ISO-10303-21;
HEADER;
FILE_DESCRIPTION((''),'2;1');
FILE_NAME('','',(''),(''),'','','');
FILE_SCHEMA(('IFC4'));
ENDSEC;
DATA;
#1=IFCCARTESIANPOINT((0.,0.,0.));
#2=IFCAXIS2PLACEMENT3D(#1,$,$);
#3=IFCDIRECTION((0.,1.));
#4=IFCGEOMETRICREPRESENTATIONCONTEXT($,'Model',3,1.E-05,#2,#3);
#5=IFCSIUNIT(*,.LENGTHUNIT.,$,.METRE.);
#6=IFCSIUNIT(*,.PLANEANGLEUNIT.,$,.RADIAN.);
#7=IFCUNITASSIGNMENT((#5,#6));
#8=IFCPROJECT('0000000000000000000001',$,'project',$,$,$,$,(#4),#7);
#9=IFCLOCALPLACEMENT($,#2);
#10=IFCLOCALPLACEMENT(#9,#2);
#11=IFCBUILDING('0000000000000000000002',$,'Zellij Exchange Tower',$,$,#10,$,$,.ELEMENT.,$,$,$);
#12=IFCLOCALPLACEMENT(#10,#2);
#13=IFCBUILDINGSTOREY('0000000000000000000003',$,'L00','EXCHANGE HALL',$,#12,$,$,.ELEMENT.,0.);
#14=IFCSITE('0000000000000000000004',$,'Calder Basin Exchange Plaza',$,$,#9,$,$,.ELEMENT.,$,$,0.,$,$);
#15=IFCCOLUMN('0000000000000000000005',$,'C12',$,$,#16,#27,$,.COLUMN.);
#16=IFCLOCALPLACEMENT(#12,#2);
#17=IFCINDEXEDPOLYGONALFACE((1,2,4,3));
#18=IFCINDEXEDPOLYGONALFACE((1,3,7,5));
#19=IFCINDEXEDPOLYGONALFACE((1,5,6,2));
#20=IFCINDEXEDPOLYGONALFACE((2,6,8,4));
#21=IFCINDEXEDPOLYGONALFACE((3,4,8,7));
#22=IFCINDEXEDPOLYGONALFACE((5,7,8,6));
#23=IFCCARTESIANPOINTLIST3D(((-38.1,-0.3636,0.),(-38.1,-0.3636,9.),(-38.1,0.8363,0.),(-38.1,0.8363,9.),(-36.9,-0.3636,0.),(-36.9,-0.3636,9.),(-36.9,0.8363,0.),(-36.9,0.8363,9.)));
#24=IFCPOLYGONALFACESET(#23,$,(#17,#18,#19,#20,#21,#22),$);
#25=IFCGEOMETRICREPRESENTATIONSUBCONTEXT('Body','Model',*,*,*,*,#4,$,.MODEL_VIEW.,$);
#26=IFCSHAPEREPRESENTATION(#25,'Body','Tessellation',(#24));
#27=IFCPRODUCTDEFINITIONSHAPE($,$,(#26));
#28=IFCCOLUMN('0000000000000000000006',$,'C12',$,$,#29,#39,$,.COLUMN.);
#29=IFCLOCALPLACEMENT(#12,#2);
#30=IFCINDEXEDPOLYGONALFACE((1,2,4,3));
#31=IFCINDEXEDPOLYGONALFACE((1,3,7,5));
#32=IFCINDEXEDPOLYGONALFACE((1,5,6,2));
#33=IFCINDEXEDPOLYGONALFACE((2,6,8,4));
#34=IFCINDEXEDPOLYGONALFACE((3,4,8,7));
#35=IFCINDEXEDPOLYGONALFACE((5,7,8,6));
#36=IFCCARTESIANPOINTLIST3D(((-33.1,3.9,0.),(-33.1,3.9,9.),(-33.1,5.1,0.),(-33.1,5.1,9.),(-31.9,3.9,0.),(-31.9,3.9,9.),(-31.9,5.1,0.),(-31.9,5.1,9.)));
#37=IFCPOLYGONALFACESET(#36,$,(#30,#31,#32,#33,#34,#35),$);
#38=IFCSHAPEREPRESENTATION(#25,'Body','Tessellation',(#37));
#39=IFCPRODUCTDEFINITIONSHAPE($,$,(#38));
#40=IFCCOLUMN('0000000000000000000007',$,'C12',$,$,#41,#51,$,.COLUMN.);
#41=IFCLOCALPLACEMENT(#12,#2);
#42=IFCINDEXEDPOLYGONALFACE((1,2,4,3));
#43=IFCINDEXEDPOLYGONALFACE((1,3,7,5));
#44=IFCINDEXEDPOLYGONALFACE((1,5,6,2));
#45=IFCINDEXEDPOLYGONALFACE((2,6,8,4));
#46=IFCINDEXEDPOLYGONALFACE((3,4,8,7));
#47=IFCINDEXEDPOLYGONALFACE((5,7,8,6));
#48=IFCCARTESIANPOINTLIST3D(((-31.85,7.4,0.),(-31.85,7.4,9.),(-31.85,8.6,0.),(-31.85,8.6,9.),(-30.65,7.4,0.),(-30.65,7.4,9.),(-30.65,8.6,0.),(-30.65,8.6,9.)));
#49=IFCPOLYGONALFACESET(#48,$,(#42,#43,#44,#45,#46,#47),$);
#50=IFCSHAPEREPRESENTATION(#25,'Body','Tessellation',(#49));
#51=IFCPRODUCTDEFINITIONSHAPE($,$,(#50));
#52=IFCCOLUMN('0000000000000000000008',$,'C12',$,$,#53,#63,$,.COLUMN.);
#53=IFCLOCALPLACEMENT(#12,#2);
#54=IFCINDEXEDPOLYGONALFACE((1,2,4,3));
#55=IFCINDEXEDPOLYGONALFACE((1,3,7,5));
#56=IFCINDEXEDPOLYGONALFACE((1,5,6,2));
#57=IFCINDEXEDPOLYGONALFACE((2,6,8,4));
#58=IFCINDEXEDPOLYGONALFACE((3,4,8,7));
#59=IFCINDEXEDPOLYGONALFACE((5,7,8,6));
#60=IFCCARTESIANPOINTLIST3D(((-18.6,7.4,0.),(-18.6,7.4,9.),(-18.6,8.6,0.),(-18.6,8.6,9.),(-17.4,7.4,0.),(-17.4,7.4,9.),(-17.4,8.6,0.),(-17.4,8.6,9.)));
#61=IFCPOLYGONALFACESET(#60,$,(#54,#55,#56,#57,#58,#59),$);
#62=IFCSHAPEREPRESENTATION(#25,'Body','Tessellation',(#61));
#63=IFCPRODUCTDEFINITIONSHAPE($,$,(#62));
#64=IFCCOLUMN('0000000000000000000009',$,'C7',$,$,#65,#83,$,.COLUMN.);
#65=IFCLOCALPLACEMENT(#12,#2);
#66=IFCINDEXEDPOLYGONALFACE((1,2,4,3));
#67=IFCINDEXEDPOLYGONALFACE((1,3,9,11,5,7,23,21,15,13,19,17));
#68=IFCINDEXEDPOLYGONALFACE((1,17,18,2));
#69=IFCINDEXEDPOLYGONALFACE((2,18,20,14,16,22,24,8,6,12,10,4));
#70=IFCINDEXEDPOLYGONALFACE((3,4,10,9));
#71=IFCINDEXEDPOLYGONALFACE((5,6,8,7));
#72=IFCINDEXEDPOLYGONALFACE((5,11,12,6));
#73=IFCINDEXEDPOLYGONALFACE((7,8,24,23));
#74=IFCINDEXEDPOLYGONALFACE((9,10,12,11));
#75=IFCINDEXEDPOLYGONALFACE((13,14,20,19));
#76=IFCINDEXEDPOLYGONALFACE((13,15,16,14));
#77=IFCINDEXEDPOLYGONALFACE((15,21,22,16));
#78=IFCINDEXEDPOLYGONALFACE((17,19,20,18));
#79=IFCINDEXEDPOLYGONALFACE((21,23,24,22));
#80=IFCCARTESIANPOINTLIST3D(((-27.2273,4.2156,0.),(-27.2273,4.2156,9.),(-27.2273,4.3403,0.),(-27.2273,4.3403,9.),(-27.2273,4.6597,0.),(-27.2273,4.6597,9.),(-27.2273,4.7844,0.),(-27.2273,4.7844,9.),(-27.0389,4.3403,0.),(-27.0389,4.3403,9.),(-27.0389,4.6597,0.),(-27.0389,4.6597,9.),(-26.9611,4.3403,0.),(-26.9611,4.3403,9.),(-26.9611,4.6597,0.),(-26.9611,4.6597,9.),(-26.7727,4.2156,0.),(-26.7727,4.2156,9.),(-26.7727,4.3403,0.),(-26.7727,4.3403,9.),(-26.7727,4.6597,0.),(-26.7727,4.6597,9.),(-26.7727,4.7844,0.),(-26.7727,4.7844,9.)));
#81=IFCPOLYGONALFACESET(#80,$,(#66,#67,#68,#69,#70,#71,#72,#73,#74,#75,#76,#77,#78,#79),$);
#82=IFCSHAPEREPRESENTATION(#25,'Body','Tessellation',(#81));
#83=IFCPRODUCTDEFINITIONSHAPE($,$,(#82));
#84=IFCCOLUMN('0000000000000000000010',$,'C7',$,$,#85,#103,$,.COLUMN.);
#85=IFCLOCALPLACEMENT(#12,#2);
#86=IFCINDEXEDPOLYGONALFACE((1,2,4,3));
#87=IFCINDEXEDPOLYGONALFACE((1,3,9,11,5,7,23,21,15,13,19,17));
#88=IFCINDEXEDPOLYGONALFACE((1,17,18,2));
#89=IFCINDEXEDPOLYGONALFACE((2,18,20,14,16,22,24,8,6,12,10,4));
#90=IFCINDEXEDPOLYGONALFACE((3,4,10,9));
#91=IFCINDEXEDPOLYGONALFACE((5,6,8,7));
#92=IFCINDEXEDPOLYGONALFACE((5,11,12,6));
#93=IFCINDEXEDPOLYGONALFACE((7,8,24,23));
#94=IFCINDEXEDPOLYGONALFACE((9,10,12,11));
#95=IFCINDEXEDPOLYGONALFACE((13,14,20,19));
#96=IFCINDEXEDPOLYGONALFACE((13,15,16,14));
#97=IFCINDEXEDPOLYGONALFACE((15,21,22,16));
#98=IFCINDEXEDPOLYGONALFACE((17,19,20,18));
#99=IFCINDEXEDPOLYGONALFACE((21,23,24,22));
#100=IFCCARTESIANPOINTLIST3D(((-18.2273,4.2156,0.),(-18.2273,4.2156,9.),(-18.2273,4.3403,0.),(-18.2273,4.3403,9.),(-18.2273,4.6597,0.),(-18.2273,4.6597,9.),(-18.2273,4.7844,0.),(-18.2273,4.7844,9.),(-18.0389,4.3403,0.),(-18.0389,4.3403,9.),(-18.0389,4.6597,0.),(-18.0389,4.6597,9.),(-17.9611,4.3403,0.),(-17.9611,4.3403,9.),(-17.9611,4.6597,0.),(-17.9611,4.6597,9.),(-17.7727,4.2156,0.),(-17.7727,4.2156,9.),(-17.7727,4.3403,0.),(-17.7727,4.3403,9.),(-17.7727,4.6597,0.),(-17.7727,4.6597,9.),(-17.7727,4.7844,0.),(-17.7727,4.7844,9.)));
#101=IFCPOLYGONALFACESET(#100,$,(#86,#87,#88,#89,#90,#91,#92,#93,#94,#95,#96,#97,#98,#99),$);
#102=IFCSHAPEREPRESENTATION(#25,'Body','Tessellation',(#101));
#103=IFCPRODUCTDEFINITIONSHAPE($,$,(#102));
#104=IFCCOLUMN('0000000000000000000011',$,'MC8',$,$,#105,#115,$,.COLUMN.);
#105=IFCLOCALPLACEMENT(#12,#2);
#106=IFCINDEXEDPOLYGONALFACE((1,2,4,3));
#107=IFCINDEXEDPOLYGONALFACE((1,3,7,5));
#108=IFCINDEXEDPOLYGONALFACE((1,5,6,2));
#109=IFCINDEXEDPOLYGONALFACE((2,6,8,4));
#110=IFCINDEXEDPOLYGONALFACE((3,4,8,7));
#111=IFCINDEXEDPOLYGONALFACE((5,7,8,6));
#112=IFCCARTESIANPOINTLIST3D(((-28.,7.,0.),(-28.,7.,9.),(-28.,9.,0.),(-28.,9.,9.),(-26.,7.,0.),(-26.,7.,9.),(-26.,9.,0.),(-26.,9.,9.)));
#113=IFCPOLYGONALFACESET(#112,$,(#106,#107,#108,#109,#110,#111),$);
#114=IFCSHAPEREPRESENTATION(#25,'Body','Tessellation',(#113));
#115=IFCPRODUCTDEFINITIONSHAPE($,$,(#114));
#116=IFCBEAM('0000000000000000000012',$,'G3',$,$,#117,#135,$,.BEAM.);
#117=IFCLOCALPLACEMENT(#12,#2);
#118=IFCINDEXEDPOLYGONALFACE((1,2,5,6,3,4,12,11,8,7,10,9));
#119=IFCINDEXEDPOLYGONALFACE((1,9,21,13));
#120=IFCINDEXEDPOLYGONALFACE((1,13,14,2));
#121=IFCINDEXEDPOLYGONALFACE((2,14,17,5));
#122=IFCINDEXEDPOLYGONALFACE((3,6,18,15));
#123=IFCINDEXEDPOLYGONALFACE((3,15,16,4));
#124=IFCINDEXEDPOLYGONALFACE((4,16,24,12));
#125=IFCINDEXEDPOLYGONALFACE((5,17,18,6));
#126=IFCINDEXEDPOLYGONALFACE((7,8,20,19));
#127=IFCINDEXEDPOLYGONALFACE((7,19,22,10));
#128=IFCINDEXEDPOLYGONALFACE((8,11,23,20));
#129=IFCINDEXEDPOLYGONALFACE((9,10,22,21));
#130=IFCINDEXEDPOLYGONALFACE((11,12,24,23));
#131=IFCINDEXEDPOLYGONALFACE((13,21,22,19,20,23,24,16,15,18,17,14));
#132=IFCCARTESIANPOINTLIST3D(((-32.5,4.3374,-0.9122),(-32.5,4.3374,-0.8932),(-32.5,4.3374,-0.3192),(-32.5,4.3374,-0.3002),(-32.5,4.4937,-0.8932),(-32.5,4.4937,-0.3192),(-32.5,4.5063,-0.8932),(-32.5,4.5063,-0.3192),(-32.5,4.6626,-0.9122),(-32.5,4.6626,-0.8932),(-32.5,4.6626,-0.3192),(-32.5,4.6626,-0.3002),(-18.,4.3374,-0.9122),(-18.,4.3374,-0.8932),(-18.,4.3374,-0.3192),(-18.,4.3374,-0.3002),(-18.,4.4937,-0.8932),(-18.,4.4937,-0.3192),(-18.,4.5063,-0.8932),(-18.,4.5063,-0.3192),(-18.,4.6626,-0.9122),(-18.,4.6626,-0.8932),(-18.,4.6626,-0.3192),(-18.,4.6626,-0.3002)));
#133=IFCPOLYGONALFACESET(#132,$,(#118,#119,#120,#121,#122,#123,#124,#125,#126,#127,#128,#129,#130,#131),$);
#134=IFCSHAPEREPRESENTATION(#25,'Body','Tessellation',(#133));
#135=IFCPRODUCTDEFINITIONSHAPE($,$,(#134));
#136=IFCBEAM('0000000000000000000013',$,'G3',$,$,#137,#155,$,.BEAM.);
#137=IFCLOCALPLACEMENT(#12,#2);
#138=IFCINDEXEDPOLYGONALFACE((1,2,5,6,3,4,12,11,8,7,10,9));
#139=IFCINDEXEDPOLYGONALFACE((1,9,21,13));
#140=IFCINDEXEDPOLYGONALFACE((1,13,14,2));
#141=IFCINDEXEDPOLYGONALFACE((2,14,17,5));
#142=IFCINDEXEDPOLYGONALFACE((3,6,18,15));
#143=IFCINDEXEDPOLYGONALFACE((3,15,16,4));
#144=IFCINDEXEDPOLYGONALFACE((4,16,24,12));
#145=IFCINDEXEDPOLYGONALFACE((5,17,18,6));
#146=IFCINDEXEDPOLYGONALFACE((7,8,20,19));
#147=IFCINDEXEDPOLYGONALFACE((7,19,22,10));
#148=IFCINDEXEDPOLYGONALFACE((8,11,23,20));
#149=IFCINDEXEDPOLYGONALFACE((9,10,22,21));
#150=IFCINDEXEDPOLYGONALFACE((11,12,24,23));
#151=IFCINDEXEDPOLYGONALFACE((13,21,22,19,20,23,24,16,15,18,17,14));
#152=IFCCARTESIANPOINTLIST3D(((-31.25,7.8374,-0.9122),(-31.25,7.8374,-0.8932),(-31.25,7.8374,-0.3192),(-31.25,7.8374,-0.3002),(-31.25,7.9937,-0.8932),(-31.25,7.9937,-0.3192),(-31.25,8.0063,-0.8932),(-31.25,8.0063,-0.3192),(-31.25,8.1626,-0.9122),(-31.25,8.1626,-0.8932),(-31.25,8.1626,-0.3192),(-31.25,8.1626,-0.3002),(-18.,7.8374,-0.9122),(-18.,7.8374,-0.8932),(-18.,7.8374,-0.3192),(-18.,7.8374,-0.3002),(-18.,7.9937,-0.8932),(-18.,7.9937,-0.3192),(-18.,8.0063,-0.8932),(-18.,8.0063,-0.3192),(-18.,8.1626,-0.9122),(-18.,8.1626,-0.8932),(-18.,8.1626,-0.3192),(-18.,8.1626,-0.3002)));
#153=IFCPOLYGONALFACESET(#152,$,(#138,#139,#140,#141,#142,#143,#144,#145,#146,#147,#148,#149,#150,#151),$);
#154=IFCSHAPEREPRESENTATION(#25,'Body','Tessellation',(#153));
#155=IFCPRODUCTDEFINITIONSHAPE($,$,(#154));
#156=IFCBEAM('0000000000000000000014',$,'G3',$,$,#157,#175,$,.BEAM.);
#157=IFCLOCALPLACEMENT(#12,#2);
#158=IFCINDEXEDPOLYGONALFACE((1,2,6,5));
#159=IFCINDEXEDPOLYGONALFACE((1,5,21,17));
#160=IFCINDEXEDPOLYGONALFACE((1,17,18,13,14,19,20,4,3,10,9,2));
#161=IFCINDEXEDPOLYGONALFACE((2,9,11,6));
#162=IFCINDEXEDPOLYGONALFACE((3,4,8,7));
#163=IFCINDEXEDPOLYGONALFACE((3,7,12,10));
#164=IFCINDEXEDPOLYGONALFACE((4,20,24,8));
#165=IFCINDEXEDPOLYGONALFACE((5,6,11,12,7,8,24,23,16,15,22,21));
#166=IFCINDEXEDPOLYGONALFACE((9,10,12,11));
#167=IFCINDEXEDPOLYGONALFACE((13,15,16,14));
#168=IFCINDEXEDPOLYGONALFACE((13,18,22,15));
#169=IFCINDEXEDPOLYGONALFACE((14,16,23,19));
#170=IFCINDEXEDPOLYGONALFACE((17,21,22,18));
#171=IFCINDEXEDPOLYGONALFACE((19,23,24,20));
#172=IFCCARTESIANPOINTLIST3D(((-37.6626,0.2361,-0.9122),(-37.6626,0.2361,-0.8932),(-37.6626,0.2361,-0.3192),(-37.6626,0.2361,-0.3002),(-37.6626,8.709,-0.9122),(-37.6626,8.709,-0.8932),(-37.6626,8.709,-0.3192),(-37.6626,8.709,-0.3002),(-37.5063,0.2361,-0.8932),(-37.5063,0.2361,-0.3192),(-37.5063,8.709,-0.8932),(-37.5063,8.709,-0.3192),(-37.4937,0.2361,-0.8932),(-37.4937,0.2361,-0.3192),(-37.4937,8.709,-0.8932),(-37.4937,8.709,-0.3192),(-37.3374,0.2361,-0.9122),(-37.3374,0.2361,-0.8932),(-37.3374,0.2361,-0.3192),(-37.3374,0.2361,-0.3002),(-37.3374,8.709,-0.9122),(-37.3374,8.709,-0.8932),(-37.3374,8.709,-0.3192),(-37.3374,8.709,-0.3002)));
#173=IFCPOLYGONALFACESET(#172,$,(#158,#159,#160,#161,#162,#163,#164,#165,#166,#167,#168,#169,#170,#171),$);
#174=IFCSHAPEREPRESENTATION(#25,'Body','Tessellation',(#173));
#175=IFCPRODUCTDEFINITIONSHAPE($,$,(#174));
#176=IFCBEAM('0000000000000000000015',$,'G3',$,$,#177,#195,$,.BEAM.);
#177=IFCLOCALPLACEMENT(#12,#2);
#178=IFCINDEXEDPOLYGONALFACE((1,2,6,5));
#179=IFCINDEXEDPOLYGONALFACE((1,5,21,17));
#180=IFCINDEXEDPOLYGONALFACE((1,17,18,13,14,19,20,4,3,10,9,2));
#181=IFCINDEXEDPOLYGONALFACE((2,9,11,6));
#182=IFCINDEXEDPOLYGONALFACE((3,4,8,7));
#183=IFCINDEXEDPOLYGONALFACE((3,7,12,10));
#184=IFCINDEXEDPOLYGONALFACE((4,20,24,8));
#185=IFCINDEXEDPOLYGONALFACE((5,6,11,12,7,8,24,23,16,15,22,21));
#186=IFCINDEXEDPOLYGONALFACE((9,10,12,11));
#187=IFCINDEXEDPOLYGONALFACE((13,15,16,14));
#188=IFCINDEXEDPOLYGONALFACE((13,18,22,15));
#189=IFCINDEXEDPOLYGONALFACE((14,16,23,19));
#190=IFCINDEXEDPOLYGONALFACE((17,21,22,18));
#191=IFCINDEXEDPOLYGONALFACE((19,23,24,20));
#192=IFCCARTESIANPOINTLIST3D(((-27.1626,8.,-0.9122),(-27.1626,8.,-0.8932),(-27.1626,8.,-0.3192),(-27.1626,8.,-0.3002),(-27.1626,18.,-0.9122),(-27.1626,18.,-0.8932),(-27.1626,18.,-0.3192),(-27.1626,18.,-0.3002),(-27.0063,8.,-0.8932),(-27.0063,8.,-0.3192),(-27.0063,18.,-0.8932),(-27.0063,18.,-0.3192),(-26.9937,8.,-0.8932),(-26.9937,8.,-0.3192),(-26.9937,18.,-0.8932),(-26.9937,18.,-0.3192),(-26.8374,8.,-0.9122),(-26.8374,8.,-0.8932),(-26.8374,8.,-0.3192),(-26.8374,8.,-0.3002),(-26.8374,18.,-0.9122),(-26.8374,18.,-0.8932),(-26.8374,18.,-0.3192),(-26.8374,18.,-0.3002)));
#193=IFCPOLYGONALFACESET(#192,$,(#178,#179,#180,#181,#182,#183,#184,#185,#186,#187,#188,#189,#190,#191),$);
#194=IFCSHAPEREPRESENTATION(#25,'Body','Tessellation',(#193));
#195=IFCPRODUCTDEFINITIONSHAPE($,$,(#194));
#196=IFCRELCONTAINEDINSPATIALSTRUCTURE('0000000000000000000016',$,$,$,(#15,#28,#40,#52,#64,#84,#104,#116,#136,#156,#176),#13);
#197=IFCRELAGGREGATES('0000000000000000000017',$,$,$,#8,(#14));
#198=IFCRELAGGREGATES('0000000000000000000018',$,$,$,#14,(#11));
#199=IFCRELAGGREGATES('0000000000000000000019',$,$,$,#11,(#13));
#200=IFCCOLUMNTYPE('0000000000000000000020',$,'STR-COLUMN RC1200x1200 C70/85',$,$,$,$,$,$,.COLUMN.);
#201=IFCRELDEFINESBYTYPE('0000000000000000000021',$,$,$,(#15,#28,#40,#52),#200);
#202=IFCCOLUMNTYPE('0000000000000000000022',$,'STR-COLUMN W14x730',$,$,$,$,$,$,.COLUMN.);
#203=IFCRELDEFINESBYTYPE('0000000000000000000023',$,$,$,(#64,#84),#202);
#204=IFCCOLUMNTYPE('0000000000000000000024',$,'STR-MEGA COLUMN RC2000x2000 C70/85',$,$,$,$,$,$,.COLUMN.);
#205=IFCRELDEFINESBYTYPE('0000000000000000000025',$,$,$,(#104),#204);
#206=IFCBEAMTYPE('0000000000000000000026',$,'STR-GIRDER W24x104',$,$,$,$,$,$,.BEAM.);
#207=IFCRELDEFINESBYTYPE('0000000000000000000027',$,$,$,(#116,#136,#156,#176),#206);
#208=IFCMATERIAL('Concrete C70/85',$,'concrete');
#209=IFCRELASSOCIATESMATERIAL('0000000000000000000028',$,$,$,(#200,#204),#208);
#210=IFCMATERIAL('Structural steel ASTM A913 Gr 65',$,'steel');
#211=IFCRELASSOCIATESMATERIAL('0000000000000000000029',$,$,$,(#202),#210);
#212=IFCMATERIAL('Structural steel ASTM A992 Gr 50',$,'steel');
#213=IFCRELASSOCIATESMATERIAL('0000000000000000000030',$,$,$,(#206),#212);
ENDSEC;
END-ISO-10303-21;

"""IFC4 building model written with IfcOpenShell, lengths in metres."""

from ifc_helpers import new_model, si_unit, direction, frame, origin, origin_2d, place, context, subcontext, project, spatial, rectangle, i_section, extrude, material, material_profile, profile_set, type_object, element, save


model = new_model("IFC4")

# Units and contexts
model_context = context("Model", 3, precision=1e-05, world=origin(), true_north=direction((0.0, 1.0)))
body_context = subcontext(model_context, "Body", "Model", "MODEL_VIEW")
ifc_project = project(units=[si_unit("LENGTHUNIT", "METRE"), si_unit("PLANEANGLEUNIT", "RADIAN")], contexts=[model_context])

# Site, building, storey
site_placement = place(None, origin())
site = spatial("IfcSite", under=ifc_project, at=site_placement, Name="Calder Basin Exchange Plaza", CompositionType="ELEMENT", RefElevation=0.0)
building_placement = place(site_placement, origin())
building = spatial("IfcBuilding", under=site, at=building_placement, Name="Zellij Exchange Tower", CompositionType="ELEMENT")
storey_placement = place(building_placement, origin())
storey = spatial("IfcBuildingStorey", under=building, at=storey_placement, Name="L00", Description="EXCHANGE HALL", CompositionType="ELEMENT", Elevation=0.0)

# Columns
ifc_material_1 = material(Name="Concrete C70/85", Category="concrete")
ifc_material_profile_1 = material_profile(ifc_material_1, rectangle(XDim=1.2, YDim=1.2, at=origin_2d()), Name="STR-COLUMN RC1200x1200 C70/85")
ifc_profile_set_1 = profile_set([ifc_material_profile_1], Name="Concrete C70/85")
column_type_1 = type_object("IfcColumnType", Name="STR-COLUMN RC1200x1200 C70/85", PredefinedType="COLUMN", material=ifc_profile_set_1)
for number, where, z_axis, x_axis, name in (
    (1, (-37.5, 0.2363, 0.0), (0.0, 0.0, 1.0), (1.0, 0.0, 0.0), "C12"),
    (2, (-32.5, 4.5, 0.0), (0.0, 0.0, 1.0), (1.0, 0.0, 0.0), "C12"),
    (3, (-31.25, 8.0, 0.0), (0.0, 0.0, 1.0), (1.0, 0.0, 0.0), "C12"),
    (4, (-18.0, 8.0, 0.0), (0.0, 0.0, 1.0), (1.0, 0.0, 0.0), "C12"),
):
    element("IfcColumn", number, at=place(storey_placement, frame(where, z_axis=z_axis, x_axis=x_axis)), inside=storey, type_object=column_type_1, Name=name, PredefinedType="COLUMN", context=body_context, shape_type="SweptSolid", body=[
        extrude(rectangle(XDim=1.2, YDim=1.2, at=origin_2d()), origin(), (0.0, 0.0, 1.0), 9.0),
    ])
ifc_material_2 = material(Name="Structural steel ASTM A913 Gr 65", Category="steel")
ifc_material_profile_2 = material_profile(ifc_material_2, i_section(OverallWidth=0.4546, OverallDepth=0.5688, WebThickness=0.0779, FlangeThickness=0.1248, at=origin_2d()), Name="W14x730")
ifc_profile_set_2 = profile_set([ifc_material_profile_2], Name="Structural steel ASTM A913 Gr 65")
column_type_2 = type_object("IfcColumnType", Name="STR-COLUMN W14x730", PredefinedType="COLUMN", material=ifc_profile_set_2)
for number, where, z_axis, x_axis, name in (
    (5, (-27.0, 4.5, 0.0), (0.0, 0.0, 1.0), (1.0, 0.0, 0.0), "C7"),
    (6, (-18.0, 4.5, 0.0), (0.0, 0.0, 1.0), (1.0, 0.0, 0.0), "C7"),
):
    element("IfcColumn", number, at=place(storey_placement, frame(where, z_axis=z_axis, x_axis=x_axis)), inside=storey, type_object=column_type_2, Name=name, PredefinedType="COLUMN", context=body_context, shape_type="SweptSolid", body=[
        extrude(i_section(OverallWidth=0.4546, OverallDepth=0.5688, WebThickness=0.0779, FlangeThickness=0.1248, at=origin_2d()), origin(), (0.0, 0.0, 1.0), 9.0),
    ])
ifc_material_profile_3 = material_profile(ifc_material_1, rectangle(XDim=2.0, YDim=2.0, at=origin_2d()), Name="STR-MEGA COLUMN RC2000x2000 C70/85")
ifc_profile_set_3 = profile_set([ifc_material_profile_3], Name="Concrete C70/85")
column_type_3 = type_object("IfcColumnType", Name="STR-MEGA COLUMN RC2000x2000 C70/85", PredefinedType="COLUMN", material=ifc_profile_set_3)
column_placement = place(storey_placement, frame((-27.0, 8.0, 0.0), z_axis=(0.0, 0.0, 1.0), x_axis=(1.0, 0.0, 0.0)))
element("IfcColumn", 7, at=column_placement, inside=storey, type_object=column_type_3, Name="MC8", PredefinedType="COLUMN", context=body_context, shape_type="SweptSolid", body=[
    extrude(rectangle(XDim=2.0, YDim=2.0, at=origin_2d()), origin(), (0.0, 0.0, 1.0), 9.0),
])

# Beams
ifc_material_3 = material(Name="Structural steel ASTM A992 Gr 50", Category="steel")
ifc_material_profile_4 = material_profile(ifc_material_3, i_section(OverallWidth=0.3252, OverallDepth=0.6121, WebThickness=0.0127, FlangeThickness=0.019, at=origin_2d()), Name="W24x104")
ifc_profile_set_4 = profile_set([ifc_material_profile_4], Name="Structural steel ASTM A992 Gr 50")
beam_type = type_object("IfcBeamType", Name="STR-GIRDER W24x104", PredefinedType="BEAM", material=ifc_profile_set_4)
beam_1_placement = place(storey_placement, frame((-32.5, 4.5, -0.6062), z_axis=(1.0, 0.0, 0.0), x_axis=(0.0, 1.0, 0.0)))
element("IfcBeam", 8, at=beam_1_placement, inside=storey, type_object=beam_type, Name="G3", PredefinedType="BEAM", context=body_context, shape_type="SweptSolid", body=[
    extrude(i_section(OverallWidth=0.3252, OverallDepth=0.6121, WebThickness=0.0127, FlangeThickness=0.019, at=origin_2d()), origin(), (0.0, 0.0, 1.0), 14.5),
])
beam_2_placement = place(storey_placement, frame((-31.25, 8.0, -0.6062), z_axis=(1.0, 0.0, 0.0), x_axis=(0.0, 1.0, 0.0)))
element("IfcBeam", 9, at=beam_2_placement, inside=storey, type_object=beam_type, Name="G3", PredefinedType="BEAM", context=body_context, shape_type="SweptSolid", body=[
    extrude(i_section(OverallWidth=0.3252, OverallDepth=0.6121, WebThickness=0.0127, FlangeThickness=0.019, at=origin_2d()), origin(), (0.0, 0.0, 1.0), 13.25),
])
beam_3_placement = place(storey_placement, frame((-37.5, 0.2361, -0.6062), z_axis=(0.0, 1.0, 0.0), x_axis=(-1.0, 0.0, 0.0)))
element("IfcBeam", 10, at=beam_3_placement, inside=storey, type_object=beam_type, Name="G3", PredefinedType="BEAM", context=body_context, shape_type="SweptSolid", body=[
    extrude(i_section(OverallWidth=0.3252, OverallDepth=0.6121, WebThickness=0.0127, FlangeThickness=0.019, at=origin_2d()), origin(), (0.0, 0.0, 1.0), 8.4729),
])
beam_4_placement = place(storey_placement, frame((-27.0, 8.0, -0.6062), z_axis=(0.0, 1.0, 0.0), x_axis=(-1.0, 0.0, 0.0)))
element("IfcBeam", 11, at=beam_4_placement, inside=storey, type_object=beam_type, Name="G3", PredefinedType="BEAM", context=body_context, shape_type="SweptSolid", body=[
    extrude(i_section(OverallWidth=0.3252, OverallDepth=0.6121, WebThickness=0.0127, FlangeThickness=0.019, at=origin_2d()), origin(), (0.0, 0.0, 1.0), 10.0),
])

save(model, "model.ifc")
